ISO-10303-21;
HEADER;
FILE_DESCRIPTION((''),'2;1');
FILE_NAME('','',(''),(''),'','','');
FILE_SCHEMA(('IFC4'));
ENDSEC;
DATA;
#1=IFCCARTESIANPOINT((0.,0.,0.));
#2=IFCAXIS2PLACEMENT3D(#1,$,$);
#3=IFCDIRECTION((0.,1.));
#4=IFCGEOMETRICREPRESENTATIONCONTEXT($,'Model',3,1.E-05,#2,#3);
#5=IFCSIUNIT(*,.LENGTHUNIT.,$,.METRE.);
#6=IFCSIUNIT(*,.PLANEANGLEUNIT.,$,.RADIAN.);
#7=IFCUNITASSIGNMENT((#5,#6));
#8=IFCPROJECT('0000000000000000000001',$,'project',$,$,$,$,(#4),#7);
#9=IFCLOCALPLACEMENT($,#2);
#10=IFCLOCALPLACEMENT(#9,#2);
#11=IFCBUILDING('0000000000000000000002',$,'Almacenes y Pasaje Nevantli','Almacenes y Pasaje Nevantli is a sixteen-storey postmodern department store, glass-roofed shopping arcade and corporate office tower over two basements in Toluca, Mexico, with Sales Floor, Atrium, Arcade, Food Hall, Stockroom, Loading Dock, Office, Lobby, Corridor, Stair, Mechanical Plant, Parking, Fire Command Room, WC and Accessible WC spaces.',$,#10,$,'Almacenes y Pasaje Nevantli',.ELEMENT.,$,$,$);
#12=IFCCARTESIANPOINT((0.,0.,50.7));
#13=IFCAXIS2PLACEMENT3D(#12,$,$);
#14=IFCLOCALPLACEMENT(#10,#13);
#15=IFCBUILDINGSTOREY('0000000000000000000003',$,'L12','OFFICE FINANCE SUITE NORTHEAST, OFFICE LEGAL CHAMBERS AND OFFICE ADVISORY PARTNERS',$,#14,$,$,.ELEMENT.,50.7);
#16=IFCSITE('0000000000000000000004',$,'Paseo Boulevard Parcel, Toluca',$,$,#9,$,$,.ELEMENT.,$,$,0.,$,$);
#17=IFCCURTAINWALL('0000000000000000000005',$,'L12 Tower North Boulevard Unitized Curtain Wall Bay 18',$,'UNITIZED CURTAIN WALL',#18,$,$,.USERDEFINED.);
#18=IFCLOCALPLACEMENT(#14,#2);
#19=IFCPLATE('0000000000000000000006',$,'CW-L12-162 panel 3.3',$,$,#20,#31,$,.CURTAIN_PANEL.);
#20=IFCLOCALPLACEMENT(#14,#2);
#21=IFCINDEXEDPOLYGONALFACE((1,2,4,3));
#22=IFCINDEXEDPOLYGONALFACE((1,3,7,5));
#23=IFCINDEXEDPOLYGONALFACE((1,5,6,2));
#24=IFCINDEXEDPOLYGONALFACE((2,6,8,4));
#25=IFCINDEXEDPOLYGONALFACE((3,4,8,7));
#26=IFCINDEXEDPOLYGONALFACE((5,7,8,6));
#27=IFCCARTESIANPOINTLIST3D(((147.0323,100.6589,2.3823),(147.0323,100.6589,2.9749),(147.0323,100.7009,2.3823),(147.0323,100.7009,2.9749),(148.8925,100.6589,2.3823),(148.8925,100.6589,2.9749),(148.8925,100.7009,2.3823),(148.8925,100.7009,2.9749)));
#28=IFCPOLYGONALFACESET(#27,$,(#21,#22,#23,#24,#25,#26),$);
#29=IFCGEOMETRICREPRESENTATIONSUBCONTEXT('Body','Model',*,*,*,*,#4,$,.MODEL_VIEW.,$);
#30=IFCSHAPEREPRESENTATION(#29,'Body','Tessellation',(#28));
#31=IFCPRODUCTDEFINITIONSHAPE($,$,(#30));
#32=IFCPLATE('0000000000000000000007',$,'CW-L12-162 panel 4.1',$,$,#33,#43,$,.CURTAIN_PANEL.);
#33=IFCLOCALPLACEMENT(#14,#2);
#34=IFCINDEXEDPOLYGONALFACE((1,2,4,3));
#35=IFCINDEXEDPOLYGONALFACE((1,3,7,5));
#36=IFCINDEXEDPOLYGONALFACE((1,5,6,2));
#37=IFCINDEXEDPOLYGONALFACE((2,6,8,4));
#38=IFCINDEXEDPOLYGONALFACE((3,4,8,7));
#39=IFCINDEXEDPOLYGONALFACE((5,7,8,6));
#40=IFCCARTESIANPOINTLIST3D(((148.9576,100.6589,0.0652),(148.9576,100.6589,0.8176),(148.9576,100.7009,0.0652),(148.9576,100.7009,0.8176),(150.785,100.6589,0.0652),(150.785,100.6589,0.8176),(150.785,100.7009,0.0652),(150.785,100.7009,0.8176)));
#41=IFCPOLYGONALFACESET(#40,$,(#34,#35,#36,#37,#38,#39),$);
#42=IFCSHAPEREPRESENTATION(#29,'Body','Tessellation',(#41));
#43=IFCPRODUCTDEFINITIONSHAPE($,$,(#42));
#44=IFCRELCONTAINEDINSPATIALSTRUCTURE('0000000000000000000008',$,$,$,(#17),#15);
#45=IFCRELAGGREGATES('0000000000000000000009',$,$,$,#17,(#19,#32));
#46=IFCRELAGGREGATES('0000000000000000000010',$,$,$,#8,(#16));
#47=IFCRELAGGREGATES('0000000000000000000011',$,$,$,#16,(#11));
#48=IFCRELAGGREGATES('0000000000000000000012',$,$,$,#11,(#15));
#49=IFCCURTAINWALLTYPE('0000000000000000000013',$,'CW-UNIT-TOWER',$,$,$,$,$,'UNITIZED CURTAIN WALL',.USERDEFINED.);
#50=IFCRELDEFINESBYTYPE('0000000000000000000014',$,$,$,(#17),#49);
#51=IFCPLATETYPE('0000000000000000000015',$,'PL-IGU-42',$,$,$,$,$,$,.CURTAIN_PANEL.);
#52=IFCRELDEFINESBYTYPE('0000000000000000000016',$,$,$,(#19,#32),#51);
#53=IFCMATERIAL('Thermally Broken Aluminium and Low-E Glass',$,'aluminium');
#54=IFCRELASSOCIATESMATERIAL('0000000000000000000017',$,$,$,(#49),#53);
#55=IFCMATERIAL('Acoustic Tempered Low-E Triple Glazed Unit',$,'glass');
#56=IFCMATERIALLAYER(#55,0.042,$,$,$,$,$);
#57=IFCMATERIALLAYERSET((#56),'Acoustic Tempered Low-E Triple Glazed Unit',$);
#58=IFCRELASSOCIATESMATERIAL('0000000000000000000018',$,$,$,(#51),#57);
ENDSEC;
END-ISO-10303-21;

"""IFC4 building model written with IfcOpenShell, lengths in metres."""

from ifc_helpers import new_model, si_unit, direction, frame, origin, origin_2d, place, context, subcontext, project, spatial, rectangle, extrude, material, layer, layer_set, type_object, element, aggregate, save


model = new_model("IFC4")

# Units and contexts
model_context = context("Model", 3, precision=1e-05, world=origin(), true_north=direction((0.0, 1.0)))
body_context = subcontext(model_context, "Body", "Model", "MODEL_VIEW")
ifc_project = project(units=[si_unit("LENGTHUNIT", "METRE"), si_unit("PLANEANGLEUNIT", "RADIAN")], contexts=[model_context])

# Site, building, storey
site_placement = place(None, origin())
site = spatial("IfcSite", under=ifc_project, at=site_placement, Name="Paseo Boulevard Parcel, Toluca", CompositionType="ELEMENT", RefElevation=0.0)
building_placement = place(site_placement, origin())
building = spatial("IfcBuilding", under=site, at=building_placement, Name="Almacenes y Pasaje Nevantli", Description="Almacenes y Pasaje Nevantli is a sixteen-storey postmodern department store, glass-roofed shopping arcade and corporate office tower over two basements in Toluca, Mexico, with Sales Floor, Atrium, Arcade, Food Hall, Stockroom, Loading Dock, Office, Lobby, Corridor, Stair, Mechanical Plant, Parking, Fire Command Room, WC and Accessible WC spaces.", LongName="Almacenes y Pasaje Nevantli", CompositionType="ELEMENT")
storey_placement = place(building_placement, frame((0.0, 0.0, 50.7)))
storey = spatial("IfcBuildingStorey", under=building, at=storey_placement, Name="L12", Description="OFFICE FINANCE SUITE NORTHEAST, OFFICE LEGAL CHAMBERS AND OFFICE ADVISORY PARTNERS", CompositionType="ELEMENT", Elevation=50.7)

# Curtain wall, plates
ifc_material_1 = material(Name="Thermally Broken Aluminium and Low-E Glass", Category="aluminium")
curtain_wall_type = type_object("IfcCurtainWallType", Name="CW-UNIT-TOWER", ElementType="UNITIZED CURTAIN WALL", PredefinedType="USERDEFINED", material=ifc_material_1)
curtain_wall_placement = place(storey_placement, origin())
curtain_wall = element("IfcCurtainWall", 1, at=curtain_wall_placement, inside=storey, type_object=curtain_wall_type, Name="L12 Tower North Boulevard Unitized Curtain Wall Bay 18", ObjectType="UNITIZED CURTAIN WALL", PredefinedType="USERDEFINED")
ifc_material_2 = material(Name="Acoustic Tempered Low-E Triple Glazed Unit", Category="glass")
ifc_layer = layer(ifc_material_2, 0.042)
ifc_layer_set = layer_set([ifc_layer], Name="Acoustic Tempered Low-E Triple Glazed Unit")
plate_type = type_object("IfcPlateType", Name="PL-IGU-42", PredefinedType="CURTAIN_PANEL", material=ifc_layer_set)
plate_1_placement = place(storey_placement, frame((147.9624, 100.6799, 2.3823), z_axis=(0.0, 0.0, 1.0), x_axis=(1.0, 0.0, 0.0)))
plate_1 = element("IfcPlate", 2, at=plate_1_placement, type_object=plate_type, Name="CW-L12-162 panel 3.3", PredefinedType="CURTAIN_PANEL", context=body_context, shape_type="SweptSolid", body=[
    extrude(rectangle(XDim=1.8601, YDim=0.042, at=origin_2d()), origin(), (0.0, 0.0, 1.0), 0.5925),
])
plate_2_placement = place(storey_placement, frame((149.8713, 100.6799, 0.0652), z_axis=(0.0, 0.0, 1.0), x_axis=(1.0, 0.0, 0.0)))
plate_2 = element("IfcPlate", 3, at=plate_2_placement, type_object=plate_type, Name="CW-L12-162 panel 4.1", PredefinedType="CURTAIN_PANEL", context=body_context, shape_type="SweptSolid", body=[
    extrude(rectangle(XDim=1.8274, YDim=0.042, at=origin_2d()), origin(), (0.0, 0.0, 1.0), 0.7524),
])
aggregate(curtain_wall, [plate_1, plate_2])

save(model, "model.ifc")
